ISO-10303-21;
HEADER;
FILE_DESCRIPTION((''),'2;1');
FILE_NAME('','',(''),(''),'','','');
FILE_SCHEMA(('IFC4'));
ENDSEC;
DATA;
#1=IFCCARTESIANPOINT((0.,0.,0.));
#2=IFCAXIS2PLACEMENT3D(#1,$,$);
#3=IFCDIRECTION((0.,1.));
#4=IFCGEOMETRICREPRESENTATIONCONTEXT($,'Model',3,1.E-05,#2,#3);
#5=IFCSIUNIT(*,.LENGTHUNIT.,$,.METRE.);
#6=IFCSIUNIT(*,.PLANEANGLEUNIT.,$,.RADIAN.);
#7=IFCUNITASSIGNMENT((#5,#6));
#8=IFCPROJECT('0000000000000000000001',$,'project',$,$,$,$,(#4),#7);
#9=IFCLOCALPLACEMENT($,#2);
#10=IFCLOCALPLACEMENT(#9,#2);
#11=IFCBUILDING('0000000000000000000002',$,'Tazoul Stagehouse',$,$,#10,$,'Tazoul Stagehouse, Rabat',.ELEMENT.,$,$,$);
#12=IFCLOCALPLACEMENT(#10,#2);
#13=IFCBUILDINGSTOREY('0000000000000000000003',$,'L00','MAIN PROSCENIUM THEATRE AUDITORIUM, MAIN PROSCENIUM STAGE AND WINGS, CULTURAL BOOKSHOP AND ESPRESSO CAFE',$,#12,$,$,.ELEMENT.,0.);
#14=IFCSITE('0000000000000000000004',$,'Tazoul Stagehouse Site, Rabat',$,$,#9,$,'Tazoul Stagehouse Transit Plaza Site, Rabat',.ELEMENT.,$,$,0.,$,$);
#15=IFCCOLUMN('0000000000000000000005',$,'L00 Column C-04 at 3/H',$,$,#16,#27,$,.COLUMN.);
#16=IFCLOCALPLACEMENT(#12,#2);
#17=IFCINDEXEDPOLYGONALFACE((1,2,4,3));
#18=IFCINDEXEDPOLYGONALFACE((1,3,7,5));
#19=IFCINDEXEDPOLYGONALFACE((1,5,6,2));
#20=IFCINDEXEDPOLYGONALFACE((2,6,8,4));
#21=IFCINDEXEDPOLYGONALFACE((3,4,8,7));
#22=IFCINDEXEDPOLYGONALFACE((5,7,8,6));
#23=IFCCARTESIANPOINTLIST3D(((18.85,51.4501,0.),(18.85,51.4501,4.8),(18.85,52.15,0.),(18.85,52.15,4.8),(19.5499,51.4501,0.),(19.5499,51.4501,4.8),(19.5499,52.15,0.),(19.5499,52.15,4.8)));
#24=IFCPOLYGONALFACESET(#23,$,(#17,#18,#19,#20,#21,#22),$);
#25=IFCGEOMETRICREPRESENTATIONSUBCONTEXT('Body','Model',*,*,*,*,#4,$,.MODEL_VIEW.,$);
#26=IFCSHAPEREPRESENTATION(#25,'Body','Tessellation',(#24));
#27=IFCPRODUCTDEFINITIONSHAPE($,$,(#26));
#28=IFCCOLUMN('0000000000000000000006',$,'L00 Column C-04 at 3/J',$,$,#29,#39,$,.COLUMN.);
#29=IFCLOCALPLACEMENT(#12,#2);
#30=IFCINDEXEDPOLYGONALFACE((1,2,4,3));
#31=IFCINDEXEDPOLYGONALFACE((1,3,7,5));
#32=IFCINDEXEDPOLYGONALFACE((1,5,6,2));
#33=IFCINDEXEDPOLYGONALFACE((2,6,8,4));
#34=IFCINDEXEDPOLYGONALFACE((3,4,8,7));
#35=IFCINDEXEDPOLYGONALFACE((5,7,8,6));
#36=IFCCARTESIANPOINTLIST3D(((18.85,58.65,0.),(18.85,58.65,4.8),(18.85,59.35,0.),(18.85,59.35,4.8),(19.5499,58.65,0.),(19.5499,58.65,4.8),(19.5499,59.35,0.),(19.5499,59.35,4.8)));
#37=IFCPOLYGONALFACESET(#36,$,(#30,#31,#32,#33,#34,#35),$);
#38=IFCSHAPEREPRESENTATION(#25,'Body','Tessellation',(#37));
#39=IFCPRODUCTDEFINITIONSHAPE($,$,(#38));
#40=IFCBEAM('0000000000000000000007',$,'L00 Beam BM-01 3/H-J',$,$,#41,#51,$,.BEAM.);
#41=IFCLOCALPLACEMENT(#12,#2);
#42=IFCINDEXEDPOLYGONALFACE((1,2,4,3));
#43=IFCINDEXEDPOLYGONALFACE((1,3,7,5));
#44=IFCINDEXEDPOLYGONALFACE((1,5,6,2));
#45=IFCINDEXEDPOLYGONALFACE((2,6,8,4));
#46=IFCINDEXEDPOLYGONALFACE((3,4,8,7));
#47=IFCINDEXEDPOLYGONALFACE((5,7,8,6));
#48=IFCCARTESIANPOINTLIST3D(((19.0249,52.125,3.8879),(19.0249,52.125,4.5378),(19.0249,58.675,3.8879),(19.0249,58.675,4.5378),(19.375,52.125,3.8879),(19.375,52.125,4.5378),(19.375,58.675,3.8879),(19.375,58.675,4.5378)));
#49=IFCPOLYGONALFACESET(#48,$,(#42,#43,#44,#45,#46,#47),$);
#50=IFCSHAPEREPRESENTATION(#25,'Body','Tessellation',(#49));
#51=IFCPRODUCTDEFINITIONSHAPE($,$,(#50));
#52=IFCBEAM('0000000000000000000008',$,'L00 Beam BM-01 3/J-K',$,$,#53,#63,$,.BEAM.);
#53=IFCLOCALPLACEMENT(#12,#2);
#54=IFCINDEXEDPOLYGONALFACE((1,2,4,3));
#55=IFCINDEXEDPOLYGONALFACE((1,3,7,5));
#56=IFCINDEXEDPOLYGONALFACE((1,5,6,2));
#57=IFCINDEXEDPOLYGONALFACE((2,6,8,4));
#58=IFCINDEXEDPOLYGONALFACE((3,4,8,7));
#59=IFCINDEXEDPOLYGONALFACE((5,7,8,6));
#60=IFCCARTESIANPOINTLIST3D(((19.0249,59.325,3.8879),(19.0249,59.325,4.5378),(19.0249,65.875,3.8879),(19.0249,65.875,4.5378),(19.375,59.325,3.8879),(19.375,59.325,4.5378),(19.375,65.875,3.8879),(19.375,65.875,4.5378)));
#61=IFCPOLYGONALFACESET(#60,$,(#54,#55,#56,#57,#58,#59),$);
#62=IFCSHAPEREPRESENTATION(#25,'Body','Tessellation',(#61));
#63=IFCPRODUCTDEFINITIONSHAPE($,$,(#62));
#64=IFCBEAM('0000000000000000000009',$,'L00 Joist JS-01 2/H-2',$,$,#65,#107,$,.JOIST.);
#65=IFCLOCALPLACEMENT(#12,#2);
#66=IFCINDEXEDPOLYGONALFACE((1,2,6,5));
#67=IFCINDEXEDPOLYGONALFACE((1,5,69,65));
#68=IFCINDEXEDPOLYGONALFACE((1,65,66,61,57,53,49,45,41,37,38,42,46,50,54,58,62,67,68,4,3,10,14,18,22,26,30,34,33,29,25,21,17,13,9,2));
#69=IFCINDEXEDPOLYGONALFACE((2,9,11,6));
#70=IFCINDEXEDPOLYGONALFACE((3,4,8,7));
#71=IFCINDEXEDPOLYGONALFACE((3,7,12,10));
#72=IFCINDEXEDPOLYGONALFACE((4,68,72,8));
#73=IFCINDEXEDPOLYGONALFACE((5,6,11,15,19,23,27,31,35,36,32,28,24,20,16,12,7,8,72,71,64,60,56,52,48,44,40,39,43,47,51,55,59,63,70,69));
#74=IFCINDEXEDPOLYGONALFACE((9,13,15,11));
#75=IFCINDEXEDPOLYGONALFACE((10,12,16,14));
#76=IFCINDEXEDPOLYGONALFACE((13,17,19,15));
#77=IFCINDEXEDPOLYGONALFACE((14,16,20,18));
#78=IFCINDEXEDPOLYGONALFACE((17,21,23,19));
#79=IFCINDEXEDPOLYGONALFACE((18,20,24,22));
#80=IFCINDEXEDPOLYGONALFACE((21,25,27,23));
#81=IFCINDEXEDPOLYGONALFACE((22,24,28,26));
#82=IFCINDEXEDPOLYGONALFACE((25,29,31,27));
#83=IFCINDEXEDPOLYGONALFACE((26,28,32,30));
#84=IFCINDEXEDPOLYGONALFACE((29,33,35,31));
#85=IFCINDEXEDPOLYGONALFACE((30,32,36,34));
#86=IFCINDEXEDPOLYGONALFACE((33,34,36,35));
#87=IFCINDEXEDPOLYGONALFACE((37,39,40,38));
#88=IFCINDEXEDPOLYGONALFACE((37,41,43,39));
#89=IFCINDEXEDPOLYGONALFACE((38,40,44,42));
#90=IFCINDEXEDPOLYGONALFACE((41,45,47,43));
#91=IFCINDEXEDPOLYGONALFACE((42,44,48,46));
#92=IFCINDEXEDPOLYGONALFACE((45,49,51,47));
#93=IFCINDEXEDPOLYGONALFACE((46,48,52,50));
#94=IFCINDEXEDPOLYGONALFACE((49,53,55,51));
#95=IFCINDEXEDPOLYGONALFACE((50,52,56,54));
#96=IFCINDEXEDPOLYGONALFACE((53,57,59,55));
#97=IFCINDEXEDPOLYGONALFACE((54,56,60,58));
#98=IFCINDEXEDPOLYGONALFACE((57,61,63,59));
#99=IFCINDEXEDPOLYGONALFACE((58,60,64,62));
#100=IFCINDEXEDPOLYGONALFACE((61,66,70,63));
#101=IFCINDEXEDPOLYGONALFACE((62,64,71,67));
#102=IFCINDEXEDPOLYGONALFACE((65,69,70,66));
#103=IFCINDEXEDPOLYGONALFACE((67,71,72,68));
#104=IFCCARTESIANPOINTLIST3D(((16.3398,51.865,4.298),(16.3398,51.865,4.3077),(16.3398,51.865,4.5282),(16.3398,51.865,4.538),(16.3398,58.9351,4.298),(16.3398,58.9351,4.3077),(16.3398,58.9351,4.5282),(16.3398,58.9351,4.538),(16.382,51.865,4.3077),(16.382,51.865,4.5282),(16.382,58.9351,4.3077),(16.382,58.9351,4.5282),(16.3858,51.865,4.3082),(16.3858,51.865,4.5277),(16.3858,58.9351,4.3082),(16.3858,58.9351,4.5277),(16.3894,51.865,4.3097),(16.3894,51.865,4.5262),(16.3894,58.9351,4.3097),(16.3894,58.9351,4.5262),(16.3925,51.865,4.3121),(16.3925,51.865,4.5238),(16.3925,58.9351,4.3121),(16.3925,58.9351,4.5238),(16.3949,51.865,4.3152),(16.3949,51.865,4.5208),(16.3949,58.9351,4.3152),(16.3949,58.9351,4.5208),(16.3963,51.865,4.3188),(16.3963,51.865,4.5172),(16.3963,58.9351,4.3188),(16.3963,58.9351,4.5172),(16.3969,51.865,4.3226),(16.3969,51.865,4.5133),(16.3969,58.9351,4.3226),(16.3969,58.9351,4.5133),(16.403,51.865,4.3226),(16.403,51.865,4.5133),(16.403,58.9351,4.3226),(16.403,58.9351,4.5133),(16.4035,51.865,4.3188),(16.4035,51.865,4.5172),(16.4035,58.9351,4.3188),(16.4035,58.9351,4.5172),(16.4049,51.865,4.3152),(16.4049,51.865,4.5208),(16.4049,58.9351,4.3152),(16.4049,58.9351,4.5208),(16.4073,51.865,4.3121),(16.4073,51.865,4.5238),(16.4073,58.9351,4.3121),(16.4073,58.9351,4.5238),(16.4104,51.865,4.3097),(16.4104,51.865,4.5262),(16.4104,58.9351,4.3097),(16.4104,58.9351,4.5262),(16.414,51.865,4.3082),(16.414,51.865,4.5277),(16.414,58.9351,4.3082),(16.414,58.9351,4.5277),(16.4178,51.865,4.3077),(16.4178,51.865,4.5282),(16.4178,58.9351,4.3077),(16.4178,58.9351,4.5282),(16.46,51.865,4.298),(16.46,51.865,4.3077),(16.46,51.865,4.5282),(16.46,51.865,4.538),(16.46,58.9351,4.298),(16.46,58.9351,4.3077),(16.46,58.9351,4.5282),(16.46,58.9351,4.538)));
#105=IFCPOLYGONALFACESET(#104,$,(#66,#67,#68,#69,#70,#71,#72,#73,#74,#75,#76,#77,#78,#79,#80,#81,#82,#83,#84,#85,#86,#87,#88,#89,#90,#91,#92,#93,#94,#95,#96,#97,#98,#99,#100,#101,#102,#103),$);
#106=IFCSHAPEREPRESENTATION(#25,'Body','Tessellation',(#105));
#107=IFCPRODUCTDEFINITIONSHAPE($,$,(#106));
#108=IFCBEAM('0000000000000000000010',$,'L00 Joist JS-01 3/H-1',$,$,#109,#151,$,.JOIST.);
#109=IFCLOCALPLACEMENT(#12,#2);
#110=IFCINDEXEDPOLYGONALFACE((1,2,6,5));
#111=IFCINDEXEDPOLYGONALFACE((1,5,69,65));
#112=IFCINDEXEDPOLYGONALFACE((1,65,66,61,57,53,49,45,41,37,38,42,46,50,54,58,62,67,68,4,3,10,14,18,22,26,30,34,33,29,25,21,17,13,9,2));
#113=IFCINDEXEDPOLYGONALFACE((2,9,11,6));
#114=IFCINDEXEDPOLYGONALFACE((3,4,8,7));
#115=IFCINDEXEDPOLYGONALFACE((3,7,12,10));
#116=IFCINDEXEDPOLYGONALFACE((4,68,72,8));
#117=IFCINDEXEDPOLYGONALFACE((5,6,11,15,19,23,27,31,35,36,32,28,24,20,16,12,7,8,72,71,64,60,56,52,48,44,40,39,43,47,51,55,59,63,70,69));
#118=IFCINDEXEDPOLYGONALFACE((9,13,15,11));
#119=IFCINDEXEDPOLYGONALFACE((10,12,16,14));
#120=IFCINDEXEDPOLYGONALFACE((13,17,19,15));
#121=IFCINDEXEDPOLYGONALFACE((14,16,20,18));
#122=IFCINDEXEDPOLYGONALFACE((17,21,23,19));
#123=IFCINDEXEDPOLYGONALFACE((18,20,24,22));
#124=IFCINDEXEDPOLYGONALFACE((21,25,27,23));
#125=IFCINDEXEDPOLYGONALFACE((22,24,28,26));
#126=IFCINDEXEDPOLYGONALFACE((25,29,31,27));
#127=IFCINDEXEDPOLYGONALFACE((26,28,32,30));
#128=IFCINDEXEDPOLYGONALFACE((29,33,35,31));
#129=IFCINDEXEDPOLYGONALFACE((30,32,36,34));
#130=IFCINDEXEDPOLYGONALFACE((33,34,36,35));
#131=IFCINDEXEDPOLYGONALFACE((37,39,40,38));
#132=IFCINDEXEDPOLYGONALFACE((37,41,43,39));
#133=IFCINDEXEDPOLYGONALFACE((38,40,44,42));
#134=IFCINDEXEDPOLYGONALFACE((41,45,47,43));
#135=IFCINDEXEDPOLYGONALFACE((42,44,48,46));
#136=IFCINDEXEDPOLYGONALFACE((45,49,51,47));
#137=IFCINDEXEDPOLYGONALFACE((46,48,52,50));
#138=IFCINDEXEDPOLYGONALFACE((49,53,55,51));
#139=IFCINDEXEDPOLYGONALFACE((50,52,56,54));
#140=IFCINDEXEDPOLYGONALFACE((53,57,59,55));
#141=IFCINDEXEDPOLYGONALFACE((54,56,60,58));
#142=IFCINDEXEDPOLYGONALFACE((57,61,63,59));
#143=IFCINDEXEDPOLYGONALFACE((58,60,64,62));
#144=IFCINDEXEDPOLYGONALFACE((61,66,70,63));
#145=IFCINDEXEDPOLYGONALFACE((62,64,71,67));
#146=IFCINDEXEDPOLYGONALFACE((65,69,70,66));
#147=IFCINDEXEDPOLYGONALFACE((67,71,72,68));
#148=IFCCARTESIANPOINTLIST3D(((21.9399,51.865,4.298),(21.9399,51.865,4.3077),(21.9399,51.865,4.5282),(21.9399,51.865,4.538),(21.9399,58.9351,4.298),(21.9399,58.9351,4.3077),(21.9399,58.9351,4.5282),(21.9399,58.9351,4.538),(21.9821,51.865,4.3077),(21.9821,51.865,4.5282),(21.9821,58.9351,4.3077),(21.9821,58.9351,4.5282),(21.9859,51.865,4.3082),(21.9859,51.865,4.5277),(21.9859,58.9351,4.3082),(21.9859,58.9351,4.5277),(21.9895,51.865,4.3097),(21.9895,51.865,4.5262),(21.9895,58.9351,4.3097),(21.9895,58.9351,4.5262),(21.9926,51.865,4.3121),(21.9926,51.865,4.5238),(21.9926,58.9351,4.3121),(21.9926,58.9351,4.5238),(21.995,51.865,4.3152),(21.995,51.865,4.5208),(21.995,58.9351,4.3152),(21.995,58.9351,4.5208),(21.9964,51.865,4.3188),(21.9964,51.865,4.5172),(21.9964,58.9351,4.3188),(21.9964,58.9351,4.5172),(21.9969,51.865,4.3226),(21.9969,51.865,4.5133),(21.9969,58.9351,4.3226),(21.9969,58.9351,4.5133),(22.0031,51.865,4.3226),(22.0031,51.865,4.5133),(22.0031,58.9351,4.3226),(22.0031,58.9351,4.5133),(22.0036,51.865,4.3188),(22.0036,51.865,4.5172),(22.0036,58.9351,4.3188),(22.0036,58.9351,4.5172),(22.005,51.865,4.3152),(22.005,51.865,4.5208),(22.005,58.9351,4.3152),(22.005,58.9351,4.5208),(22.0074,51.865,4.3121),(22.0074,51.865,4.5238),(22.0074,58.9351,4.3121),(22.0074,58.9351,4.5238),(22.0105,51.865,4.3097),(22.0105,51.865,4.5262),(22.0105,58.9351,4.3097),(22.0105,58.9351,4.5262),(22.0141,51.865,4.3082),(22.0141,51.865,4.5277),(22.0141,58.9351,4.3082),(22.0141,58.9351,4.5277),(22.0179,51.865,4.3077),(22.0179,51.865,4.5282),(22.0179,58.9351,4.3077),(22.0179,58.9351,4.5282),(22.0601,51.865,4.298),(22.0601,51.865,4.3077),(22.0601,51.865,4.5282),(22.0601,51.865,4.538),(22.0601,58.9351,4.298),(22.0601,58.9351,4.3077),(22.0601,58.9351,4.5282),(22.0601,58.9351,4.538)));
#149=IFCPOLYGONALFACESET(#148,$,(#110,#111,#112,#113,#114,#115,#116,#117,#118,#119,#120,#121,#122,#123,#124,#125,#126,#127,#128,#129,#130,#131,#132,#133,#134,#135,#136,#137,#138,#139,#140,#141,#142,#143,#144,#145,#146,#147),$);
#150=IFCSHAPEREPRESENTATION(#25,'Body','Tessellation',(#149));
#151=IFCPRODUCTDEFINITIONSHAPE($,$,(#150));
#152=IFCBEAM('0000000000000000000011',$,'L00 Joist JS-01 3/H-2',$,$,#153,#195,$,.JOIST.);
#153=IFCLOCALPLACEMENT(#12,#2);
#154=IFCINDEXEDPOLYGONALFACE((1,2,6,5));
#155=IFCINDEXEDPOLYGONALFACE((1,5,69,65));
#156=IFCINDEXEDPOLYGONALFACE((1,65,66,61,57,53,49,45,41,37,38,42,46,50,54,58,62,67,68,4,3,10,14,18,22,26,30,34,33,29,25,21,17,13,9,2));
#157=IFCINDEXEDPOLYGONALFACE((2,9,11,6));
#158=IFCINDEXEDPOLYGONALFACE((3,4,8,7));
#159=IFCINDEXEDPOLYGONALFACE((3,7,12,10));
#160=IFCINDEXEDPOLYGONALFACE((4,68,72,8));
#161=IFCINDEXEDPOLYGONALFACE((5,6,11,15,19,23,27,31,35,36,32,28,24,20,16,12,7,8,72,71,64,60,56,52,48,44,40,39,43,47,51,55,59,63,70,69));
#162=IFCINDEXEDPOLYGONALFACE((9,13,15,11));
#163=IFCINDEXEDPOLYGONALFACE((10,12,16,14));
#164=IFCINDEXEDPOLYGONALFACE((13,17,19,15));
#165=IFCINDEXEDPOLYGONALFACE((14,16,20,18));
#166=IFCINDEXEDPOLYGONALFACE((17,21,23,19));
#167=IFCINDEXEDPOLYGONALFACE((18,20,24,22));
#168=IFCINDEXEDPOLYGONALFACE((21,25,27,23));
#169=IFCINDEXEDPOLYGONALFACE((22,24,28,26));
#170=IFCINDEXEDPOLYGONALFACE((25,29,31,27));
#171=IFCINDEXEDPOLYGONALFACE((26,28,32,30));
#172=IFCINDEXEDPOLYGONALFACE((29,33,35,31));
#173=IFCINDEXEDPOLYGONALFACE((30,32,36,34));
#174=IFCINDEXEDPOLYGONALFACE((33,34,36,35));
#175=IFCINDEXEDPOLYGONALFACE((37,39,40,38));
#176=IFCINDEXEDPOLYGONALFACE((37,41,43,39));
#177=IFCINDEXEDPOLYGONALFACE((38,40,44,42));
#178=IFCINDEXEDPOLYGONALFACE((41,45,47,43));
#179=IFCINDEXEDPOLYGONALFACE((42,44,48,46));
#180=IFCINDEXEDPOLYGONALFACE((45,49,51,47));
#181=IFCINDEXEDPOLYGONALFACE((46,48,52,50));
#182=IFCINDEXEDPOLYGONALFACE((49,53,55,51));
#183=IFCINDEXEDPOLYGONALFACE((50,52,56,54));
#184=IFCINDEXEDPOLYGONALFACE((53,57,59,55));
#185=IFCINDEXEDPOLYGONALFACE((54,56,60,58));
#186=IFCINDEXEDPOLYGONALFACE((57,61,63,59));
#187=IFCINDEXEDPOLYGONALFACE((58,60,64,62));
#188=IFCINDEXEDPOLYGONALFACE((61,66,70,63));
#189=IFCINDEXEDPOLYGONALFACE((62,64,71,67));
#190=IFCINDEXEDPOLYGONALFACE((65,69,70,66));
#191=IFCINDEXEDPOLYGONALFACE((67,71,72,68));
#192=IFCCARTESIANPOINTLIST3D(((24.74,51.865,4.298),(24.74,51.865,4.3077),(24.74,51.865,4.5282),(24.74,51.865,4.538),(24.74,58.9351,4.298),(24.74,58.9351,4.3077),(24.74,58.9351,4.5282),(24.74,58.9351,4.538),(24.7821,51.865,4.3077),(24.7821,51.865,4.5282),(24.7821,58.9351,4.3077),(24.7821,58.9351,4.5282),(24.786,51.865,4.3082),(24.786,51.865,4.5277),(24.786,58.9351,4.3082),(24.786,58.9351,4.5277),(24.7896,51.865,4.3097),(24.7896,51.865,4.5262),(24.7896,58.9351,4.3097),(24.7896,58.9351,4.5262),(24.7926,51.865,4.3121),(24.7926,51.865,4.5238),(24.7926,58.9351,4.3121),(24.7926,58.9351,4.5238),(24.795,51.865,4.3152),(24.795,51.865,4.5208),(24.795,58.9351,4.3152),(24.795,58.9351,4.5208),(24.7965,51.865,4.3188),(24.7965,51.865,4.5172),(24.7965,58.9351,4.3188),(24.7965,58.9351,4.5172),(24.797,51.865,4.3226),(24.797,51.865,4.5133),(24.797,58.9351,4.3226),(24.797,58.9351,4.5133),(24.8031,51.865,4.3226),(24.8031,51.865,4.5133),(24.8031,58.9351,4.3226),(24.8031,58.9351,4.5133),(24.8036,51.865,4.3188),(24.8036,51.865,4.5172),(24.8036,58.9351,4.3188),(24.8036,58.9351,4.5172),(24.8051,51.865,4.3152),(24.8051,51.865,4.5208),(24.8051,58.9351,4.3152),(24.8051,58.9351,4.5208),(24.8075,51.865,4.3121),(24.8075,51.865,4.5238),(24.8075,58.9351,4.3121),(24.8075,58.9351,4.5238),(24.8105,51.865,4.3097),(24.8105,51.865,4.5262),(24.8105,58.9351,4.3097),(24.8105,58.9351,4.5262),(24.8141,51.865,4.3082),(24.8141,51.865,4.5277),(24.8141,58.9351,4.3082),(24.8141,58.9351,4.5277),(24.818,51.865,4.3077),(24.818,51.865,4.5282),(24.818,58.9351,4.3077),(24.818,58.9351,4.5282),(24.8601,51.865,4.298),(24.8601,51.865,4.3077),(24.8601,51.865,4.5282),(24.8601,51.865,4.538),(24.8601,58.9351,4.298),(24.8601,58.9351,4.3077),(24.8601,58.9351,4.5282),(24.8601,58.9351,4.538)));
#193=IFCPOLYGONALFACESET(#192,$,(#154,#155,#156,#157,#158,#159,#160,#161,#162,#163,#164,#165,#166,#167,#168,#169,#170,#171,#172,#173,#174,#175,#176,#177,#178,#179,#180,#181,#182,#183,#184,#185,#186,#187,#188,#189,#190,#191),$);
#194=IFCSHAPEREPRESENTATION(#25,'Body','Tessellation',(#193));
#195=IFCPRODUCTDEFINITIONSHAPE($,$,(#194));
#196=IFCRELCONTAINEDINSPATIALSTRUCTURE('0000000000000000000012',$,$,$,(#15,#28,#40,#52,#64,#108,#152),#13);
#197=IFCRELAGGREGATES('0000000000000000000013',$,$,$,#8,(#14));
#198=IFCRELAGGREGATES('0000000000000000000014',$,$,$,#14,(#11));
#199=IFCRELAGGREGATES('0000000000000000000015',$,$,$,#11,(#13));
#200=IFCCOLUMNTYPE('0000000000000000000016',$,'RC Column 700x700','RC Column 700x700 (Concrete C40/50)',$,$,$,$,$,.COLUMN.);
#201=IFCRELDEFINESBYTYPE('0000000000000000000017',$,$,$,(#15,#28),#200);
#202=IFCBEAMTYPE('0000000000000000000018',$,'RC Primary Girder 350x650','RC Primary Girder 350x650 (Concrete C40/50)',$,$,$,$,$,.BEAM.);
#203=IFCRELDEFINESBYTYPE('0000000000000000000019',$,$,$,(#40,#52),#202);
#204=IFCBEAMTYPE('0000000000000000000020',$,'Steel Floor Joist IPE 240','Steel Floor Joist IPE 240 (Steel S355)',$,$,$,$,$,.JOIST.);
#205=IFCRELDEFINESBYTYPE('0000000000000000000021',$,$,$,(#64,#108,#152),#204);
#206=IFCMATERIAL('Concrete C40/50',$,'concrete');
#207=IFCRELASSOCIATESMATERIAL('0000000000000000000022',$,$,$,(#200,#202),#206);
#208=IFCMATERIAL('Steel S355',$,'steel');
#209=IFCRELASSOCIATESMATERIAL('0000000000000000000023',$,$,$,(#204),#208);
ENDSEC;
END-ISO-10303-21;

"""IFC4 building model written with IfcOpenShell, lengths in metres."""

from ifc_helpers import new_model, si_unit, direction, frame, origin, origin_2d, place, context, subcontext, project, spatial, rectangle, i_section, extrude, material, material_profile, profile_set, type_object, element, save


model = new_model("IFC4")

# Units and contexts
model_context = context("Model", 3, precision=1e-05, world=origin(), true_north=direction((0.0, 1.0)))
body_context = subcontext(model_context, "Body", "Model", "MODEL_VIEW")
ifc_project = project(units=[si_unit("LENGTHUNIT", "METRE"), si_unit("PLANEANGLEUNIT", "RADIAN")], contexts=[model_context])

# Site, building, storey
site_placement = place(None, origin())
site = spatial("IfcSite", under=ifc_project, at=site_placement, Name="Tazoul Stagehouse Site, Rabat", LongName="Tazoul Stagehouse Transit Plaza Site, Rabat", CompositionType="ELEMENT", RefElevation=0.0)
building_placement = place(site_placement, origin())
building = spatial("IfcBuilding", under=site, at=building_placement, Name="Tazoul Stagehouse", LongName="Tazoul Stagehouse, Rabat", CompositionType="ELEMENT")
storey_placement = place(building_placement, origin())
storey = spatial("IfcBuildingStorey", under=building, at=storey_placement, Name="L00", Description="MAIN PROSCENIUM THEATRE AUDITORIUM, MAIN PROSCENIUM STAGE AND WINGS, CULTURAL BOOKSHOP AND ESPRESSO CAFE", CompositionType="ELEMENT", Elevation=0.0)

# Columns
ifc_material_1 = material(Name="Concrete C40/50", Category="concrete")
ifc_material_profile_1 = material_profile(ifc_material_1, rectangle(XDim=0.7, YDim=0.7, at=origin_2d()), Name="RC 700x700")
ifc_profile_set_1 = profile_set([ifc_material_profile_1], Name="Concrete C40/50")
column_type = type_object("IfcColumnType", Name="RC Column 700x700", Description="RC Column 700x700 (Concrete C40/50)", PredefinedType="COLUMN", material=ifc_profile_set_1)
for number, where, z_axis, x_axis, name in (
    (1, (19.2, 51.8, 0.0), (0.0, 0.0, 1.0), (1.0, 0.0, 0.0), "L00 Column C-04 at 3/H"),
    (2, (19.2, 59.0, 0.0), (0.0, 0.0, 1.0), (1.0, 0.0, 0.0), "L00 Column C-04 at 3/J"),
):
    element("IfcColumn", number, at=place(storey_placement, frame(where, z_axis=z_axis, x_axis=x_axis)), inside=storey, type_object=column_type, Name=name, PredefinedType="COLUMN", context=body_context, shape_type="SweptSolid", body=[
        extrude(rectangle(XDim=0.7, YDim=0.7, at=origin_2d()), origin(), (0.0, 0.0, 1.0), 4.8),
    ])

# Beams
ifc_material_profile_2 = material_profile(ifc_material_1, rectangle(XDim=0.3501, YDim=0.6499, at=origin_2d()), Name="RC 350x650")
ifc_profile_set_2 = profile_set([ifc_material_profile_2], Name="Concrete C40/50")
beam_type_1 = type_object("IfcBeamType", Name="RC Primary Girder 350x650", Description="RC Primary Girder 350x650 (Concrete C40/50)", PredefinedType="BEAM", material=ifc_profile_set_2)
for number, where, z_axis, x_axis, name in (
    (3, (19.2, 52.125, 4.2129), (0.0, 1.0, 0.0), (-1.0, 0.0, 0.0), "L00 Beam BM-01 3/H-J"),
    (4, (19.2, 59.325, 4.2129), (0.0, 1.0, 0.0), (-1.0, 0.0, 0.0), "L00 Beam BM-01 3/J-K"),
):
    element("IfcBeam", number, at=place(storey_placement, frame(where, z_axis=z_axis, x_axis=x_axis)), inside=storey, type_object=beam_type_1, Name=name, PredefinedType="BEAM", context=body_context, shape_type="SweptSolid", body=[
        extrude(rectangle(XDim=0.3501, YDim=0.6499, at=origin_2d()), origin(), (0.0, 0.0, 1.0), 6.55),
    ])
ifc_material_2 = material(Name="Steel S355", Category="steel")
ifc_material_profile_3 = material_profile(ifc_material_2, i_section(OverallWidth=0.1201, OverallDepth=0.24, WebThickness=0.0061, FlangeThickness=0.0098, FilletRadius=0.0149, at=origin_2d()), Name="IPE 240")
ifc_profile_set_3 = profile_set([ifc_material_profile_3], Name="Steel S355")
beam_type_2 = type_object("IfcBeamType", Name="Steel Floor Joist IPE 240", Description="Steel Floor Joist IPE 240 (Steel S355)", PredefinedType="JOIST", material=ifc_profile_set_3)
for number, where, z_axis, x_axis, name in (
    (5, (16.3999, 51.865, 4.418), (0.0, 1.0, 0.0), (-1.0, 0.0, 0.0), "L00 Joist JS-01 2/H-2"),
    (6, (22.0, 51.865, 4.418), (0.0, 1.0, 0.0), (-1.0, 0.0, 0.0), "L00 Joist JS-01 3/H-1"),
    (7, (24.8, 51.865, 4.418), (0.0, 1.0, 0.0), (-1.0, 0.0, 0.0), "L00 Joist JS-01 3/H-2"),
):
    element("IfcBeam", number, at=place(storey_placement, frame(where, z_axis=z_axis, x_axis=x_axis)), inside=storey, type_object=beam_type_2, Name=name, PredefinedType="JOIST", context=body_context, shape_type="SweptSolid", body=[
        extrude(i_section(OverallWidth=0.1201, OverallDepth=0.24, WebThickness=0.0061, FlangeThickness=0.0098, FilletRadius=0.0149, at=origin_2d()), origin(), (0.0, 0.0, 1.0), 7.0701),
    ])

save(model, "model.ifc")
